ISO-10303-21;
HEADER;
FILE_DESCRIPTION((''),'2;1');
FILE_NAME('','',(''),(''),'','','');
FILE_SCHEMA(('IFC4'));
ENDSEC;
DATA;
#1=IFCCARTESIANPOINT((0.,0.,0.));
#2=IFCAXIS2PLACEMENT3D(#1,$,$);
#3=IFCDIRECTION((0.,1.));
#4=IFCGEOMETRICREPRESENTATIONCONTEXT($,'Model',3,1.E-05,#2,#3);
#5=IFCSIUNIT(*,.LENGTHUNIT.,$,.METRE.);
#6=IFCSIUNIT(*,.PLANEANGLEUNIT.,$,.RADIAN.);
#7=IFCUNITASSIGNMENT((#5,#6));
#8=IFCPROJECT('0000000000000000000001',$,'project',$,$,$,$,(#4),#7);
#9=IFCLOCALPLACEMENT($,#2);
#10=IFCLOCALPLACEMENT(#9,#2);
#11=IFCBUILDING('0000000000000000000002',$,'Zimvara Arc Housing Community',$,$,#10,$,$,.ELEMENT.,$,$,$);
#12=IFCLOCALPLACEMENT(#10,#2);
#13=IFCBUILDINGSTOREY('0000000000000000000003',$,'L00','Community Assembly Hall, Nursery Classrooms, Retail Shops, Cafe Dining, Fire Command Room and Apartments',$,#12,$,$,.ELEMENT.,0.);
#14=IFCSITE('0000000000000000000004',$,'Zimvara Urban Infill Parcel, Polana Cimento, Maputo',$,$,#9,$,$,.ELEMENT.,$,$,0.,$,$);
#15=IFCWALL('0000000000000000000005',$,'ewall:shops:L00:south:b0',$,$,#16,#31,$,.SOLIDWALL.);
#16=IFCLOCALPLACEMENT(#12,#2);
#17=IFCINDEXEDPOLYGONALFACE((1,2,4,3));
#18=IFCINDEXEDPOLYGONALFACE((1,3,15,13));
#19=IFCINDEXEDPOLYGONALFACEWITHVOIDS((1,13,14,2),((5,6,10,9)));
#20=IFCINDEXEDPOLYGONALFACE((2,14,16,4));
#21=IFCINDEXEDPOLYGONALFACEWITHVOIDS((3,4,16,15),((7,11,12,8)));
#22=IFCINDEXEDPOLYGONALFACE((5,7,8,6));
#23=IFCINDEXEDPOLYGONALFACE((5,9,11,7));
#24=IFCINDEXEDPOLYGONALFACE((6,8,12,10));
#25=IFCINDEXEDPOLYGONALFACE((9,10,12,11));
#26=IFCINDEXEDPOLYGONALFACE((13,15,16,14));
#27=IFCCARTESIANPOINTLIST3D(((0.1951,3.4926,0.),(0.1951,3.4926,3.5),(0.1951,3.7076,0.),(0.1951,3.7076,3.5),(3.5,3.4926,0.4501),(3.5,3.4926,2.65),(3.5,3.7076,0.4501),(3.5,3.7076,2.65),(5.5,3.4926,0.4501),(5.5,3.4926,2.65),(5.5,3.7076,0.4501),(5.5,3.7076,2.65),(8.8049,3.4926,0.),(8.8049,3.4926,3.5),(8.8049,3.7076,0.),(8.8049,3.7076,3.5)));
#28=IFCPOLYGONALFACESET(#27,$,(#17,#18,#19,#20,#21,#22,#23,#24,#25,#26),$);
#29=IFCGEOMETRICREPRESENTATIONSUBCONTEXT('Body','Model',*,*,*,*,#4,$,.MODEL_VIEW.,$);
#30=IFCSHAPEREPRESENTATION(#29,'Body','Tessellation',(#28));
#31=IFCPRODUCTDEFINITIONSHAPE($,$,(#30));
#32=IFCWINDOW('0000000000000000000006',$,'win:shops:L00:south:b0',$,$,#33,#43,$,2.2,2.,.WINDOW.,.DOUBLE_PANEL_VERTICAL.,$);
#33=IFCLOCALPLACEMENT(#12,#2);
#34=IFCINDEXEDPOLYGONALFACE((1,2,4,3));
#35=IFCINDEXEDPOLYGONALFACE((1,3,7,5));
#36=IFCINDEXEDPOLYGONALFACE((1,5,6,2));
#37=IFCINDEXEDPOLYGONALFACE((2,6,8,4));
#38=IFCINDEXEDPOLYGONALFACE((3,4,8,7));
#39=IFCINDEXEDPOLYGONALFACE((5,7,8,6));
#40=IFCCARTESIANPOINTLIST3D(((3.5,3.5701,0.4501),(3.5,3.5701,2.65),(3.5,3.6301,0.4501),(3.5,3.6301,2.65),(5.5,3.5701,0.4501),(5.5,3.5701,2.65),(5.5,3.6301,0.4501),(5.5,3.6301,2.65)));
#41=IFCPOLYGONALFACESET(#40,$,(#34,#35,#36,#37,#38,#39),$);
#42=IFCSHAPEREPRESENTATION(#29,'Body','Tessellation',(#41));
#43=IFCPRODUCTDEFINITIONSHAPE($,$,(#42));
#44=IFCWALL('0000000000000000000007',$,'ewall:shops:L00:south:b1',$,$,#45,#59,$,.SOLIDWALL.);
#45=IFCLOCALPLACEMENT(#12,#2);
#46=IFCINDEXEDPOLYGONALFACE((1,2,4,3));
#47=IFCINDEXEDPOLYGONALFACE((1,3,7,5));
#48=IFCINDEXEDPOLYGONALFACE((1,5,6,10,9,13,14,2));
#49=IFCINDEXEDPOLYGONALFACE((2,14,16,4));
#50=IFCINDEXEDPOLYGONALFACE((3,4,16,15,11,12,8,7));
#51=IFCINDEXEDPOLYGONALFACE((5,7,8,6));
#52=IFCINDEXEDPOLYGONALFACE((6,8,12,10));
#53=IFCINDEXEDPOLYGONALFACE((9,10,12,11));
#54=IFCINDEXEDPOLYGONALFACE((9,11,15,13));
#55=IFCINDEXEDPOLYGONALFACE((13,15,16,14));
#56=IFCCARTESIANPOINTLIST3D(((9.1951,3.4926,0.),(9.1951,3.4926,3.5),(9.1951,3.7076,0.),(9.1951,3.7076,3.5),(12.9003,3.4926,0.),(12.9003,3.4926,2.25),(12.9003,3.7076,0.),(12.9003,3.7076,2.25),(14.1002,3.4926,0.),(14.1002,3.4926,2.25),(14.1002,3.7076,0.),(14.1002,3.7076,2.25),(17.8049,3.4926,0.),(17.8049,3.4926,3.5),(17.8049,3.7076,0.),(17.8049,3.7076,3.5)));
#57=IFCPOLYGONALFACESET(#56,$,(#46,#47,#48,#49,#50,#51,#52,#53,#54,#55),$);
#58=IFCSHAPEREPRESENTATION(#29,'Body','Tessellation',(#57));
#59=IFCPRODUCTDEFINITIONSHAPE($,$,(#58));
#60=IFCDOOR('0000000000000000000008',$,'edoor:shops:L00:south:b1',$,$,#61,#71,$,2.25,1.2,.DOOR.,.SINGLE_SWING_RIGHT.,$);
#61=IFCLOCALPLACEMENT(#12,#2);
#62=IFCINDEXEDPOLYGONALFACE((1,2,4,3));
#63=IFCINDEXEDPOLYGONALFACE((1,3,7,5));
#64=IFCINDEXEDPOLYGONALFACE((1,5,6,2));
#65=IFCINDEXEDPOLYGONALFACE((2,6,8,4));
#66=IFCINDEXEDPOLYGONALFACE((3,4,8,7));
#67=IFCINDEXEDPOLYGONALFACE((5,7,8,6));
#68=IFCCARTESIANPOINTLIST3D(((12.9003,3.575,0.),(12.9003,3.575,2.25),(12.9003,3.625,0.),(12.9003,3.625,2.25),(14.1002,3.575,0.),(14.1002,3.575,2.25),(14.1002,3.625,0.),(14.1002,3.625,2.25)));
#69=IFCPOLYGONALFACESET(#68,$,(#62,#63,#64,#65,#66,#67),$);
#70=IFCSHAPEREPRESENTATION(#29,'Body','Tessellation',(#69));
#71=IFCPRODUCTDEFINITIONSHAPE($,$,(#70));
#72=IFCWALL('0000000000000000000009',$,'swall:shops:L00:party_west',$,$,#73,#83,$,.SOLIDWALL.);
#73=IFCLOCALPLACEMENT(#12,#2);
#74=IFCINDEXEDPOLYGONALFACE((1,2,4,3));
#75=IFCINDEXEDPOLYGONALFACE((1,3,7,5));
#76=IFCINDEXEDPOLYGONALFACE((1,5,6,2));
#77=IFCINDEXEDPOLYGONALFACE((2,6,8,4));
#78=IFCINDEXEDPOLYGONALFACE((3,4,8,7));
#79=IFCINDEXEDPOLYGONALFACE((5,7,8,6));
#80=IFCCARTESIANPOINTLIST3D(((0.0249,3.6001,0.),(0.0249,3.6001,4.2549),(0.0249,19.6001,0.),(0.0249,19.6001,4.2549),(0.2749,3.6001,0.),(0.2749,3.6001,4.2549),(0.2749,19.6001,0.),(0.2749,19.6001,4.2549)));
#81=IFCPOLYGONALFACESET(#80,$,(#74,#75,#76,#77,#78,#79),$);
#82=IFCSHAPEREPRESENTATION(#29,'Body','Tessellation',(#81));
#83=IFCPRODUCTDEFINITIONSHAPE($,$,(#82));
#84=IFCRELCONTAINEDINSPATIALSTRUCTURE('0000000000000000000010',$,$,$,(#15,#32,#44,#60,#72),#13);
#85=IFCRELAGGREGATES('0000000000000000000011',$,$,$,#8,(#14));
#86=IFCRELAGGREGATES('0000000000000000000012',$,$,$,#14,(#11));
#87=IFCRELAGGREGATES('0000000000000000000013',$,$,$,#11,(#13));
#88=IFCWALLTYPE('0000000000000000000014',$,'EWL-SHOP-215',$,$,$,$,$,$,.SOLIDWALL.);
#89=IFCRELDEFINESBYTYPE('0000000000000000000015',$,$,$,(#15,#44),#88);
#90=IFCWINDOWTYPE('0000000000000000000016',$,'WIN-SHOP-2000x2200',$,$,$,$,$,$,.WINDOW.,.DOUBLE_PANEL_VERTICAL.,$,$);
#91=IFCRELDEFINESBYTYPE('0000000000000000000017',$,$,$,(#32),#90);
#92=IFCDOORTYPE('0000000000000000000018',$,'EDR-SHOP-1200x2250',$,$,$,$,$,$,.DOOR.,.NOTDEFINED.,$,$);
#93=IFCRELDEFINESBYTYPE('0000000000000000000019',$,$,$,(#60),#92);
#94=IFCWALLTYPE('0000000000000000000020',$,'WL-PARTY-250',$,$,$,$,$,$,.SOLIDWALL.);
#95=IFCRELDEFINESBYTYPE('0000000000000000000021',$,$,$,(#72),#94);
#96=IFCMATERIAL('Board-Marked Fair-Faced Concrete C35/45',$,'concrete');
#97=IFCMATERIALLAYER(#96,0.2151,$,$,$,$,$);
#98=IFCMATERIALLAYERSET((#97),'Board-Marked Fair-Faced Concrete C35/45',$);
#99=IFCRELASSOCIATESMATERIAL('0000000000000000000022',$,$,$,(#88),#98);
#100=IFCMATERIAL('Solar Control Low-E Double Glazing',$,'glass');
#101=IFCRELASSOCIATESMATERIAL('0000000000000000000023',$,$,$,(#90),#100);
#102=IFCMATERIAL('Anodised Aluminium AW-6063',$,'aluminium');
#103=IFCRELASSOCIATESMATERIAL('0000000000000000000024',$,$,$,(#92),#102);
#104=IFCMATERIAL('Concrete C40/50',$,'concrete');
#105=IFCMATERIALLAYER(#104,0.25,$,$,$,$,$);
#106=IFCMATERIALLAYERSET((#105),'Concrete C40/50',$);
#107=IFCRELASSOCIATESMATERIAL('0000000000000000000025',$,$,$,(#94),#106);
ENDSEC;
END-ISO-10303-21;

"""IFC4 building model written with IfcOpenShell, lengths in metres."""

from ifc_helpers import new_model, si_unit, direction, frame, frame_2d, origin, place, context, subcontext, project, spatial, rectangle, extrude, material, layer, layer_set, type_object, element, fill, save


model = new_model("IFC4")

# Units and contexts
model_context = context("Model", 3, precision=1e-05, world=origin(), true_north=direction((0.0, 1.0)))
body_context = subcontext(model_context, "Body", "Model", "MODEL_VIEW")
ifc_project = project(units=[si_unit("LENGTHUNIT", "METRE"), si_unit("PLANEANGLEUNIT", "RADIAN")], contexts=[model_context])

# Site, building, storey
site_placement = place(None, origin())
site = spatial("IfcSite", under=ifc_project, at=site_placement, Name="Zimvara Urban Infill Parcel, Polana Cimento, Maputo", CompositionType="ELEMENT", RefElevation=0.0)
building_placement = place(site_placement, origin())
building = spatial("IfcBuilding", under=site, at=building_placement, Name="Zimvara Arc Housing Community", CompositionType="ELEMENT")
storey_placement = place(building_placement, origin())
storey = spatial("IfcBuildingStorey", under=building, at=storey_placement, Name="L00", Description="Community Assembly Hall, Nursery Classrooms, Retail Shops, Cafe Dining, Fire Command Room and Apartments", CompositionType="ELEMENT", Elevation=0.0)

# Wall, opening, window
ifc_material_1 = material(Name="Board-Marked Fair-Faced Concrete C35/45", Category="concrete")
ifc_layer_1 = layer(ifc_material_1, 0.2151)
ifc_layer_set_1 = layer_set([ifc_layer_1], Name="Board-Marked Fair-Faced Concrete C35/45")
wall_type_1 = type_object("IfcWallType", Name="EWL-SHOP-215", PredefinedType="SOLIDWALL", material=ifc_layer_set_1)
wall_1_placement = place(storey_placement, frame((0.1951, 3.6001, 0.0), z_axis=(0.0, 0.0, 1.0), x_axis=(1.0, 0.0, 0.0)))
wall_1 = element("IfcWall", 1, at=wall_1_placement, inside=storey, type_object=wall_type_1, Name="ewall:shops:L00:south:b0", PredefinedType="SOLIDWALL", context=body_context, shape_type="SweptSolid", body=[
    extrude(rectangle(XDim=8.6099, YDim=0.2151, at=frame_2d((4.3049, 0.0))), origin(), (0.0, 0.0, 1.0), 3.5),
])
opening_1_placement = place(wall_1_placement, frame((3.3049, 0.0, 0.45)))
opening_1 = element("IfcOpeningElement", 2, at=opening_1_placement, cuts=wall_1, PredefinedType="OPENING", context=body_context, shape_type="SweptSolid", body=[
    extrude(rectangle(XDim=2.0, YDim=2.2, at=frame_2d((1.0, 1.1001))), frame((0.0, 0.1174, 0.0), z_axis=(0.0, -1.0, 0.0), x_axis=(1.0, 0.0, 0.0)), (0.0, 0.0, 1.0), 0.2351),
])
ifc_material_2 = material(Name="Solar Control Low-E Double Glazing", Category="glass")
window_type = type_object("IfcWindowType", Name="WIN-SHOP-2000x2200", PartitioningType="DOUBLE_PANEL_VERTICAL", PredefinedType="WINDOW", material=ifc_material_2)
window_placement = place(opening_1_placement, origin())
window = element("IfcWindow", 3, at=window_placement, inside=storey, type_object=window_type, Name="win:shops:L00:south:b0", OverallHeight=2.2, OverallWidth=2.0, PartitioningType="DOUBLE_PANEL_VERTICAL", PredefinedType="WINDOW", context=body_context, shape_type="SweptSolid", body=[
    extrude(rectangle(XDim=2.0, YDim=2.2, at=frame_2d((1.0, 1.1001))), frame((0.0, 0.03, 0.0), z_axis=(0.0, -1.0, 0.0), x_axis=(1.0, 0.0, 0.0)), (0.0, 0.0, 1.0), 0.0601),
])
fill(opening_1, window)

# Wall, opening, door
wall_2_placement = place(storey_placement, frame((9.1951, 3.6001, 0.0), z_axis=(0.0, 0.0, 1.0), x_axis=(1.0, 0.0, 0.0)))
wall_2 = element("IfcWall", 4, at=wall_2_placement, inside=storey, type_object=wall_type_1, Name="ewall:shops:L00:south:b1", PredefinedType="SOLIDWALL", context=body_context, shape_type="SweptSolid", body=[
    extrude(rectangle(XDim=8.6099, YDim=0.2151, at=frame_2d((4.3049, 0.0))), origin(), (0.0, 0.0, 1.0), 3.5),
])
opening_2_placement = place(wall_2_placement, frame((3.7051, 0.0, 0.0)))
opening_2 = element("IfcOpeningElement", 5, at=opening_2_placement, cuts=wall_2, PredefinedType="OPENING", context=body_context, shape_type="SweptSolid", body=[
    extrude(rectangle(XDim=1.2, YDim=2.25, at=frame_2d((0.6001, 1.125))), frame((0.0, 0.1174, 0.0), z_axis=(0.0, -1.0, 0.0), x_axis=(1.0, 0.0, 0.0)), (0.0, 0.0, 1.0), 0.2351),
])
ifc_material_3 = material(Name="Anodised Aluminium AW-6063", Category="aluminium")
door_type = type_object("IfcDoorType", Name="EDR-SHOP-1200x2250", OperationType="NOTDEFINED", PredefinedType="DOOR", material=ifc_material_3)
door_placement = place(opening_2_placement, origin())
door = element("IfcDoor", 6, at=door_placement, inside=storey, type_object=door_type, Name="edoor:shops:L00:south:b1", OperationType="SINGLE_SWING_RIGHT", OverallHeight=2.25, OverallWidth=1.2, PredefinedType="DOOR", context=body_context, shape_type="SweptSolid", body=[
    extrude(rectangle(XDim=1.2, YDim=2.25, at=frame_2d((0.6001, 1.125))), frame((0.0, 0.0249, 0.0), z_axis=(0.0, -1.0, 0.0), x_axis=(1.0, 0.0, 0.0)), (0.0, 0.0, 1.0), 0.05),
])
fill(opening_2, door)

# Wall
ifc_material_4 = material(Name="Concrete C40/50", Category="concrete")
ifc_layer_2 = layer(ifc_material_4, 0.25)
ifc_layer_set_2 = layer_set([ifc_layer_2], Name="Concrete C40/50")
wall_type_2 = type_object("IfcWallType", Name="WL-PARTY-250", PredefinedType="SOLIDWALL", material=ifc_layer_set_2)
wall_3_placement = place(storey_placement, frame((0.1499, 3.6001, 0.0), z_axis=(0.0, 0.0, 1.0), x_axis=(0.0, 1.0, 0.0)))
element("IfcWall", 7, at=wall_3_placement, inside=storey, type_object=wall_type_2, Name="swall:shops:L00:party_west", PredefinedType="SOLIDWALL", context=body_context, shape_type="SweptSolid", body=[
    extrude(rectangle(XDim=16.0, YDim=0.25, at=frame_2d((8.0, 0.0))), origin(), (0.0, 0.0, 1.0), 4.2549),
])

save(model, "model.ifc")
